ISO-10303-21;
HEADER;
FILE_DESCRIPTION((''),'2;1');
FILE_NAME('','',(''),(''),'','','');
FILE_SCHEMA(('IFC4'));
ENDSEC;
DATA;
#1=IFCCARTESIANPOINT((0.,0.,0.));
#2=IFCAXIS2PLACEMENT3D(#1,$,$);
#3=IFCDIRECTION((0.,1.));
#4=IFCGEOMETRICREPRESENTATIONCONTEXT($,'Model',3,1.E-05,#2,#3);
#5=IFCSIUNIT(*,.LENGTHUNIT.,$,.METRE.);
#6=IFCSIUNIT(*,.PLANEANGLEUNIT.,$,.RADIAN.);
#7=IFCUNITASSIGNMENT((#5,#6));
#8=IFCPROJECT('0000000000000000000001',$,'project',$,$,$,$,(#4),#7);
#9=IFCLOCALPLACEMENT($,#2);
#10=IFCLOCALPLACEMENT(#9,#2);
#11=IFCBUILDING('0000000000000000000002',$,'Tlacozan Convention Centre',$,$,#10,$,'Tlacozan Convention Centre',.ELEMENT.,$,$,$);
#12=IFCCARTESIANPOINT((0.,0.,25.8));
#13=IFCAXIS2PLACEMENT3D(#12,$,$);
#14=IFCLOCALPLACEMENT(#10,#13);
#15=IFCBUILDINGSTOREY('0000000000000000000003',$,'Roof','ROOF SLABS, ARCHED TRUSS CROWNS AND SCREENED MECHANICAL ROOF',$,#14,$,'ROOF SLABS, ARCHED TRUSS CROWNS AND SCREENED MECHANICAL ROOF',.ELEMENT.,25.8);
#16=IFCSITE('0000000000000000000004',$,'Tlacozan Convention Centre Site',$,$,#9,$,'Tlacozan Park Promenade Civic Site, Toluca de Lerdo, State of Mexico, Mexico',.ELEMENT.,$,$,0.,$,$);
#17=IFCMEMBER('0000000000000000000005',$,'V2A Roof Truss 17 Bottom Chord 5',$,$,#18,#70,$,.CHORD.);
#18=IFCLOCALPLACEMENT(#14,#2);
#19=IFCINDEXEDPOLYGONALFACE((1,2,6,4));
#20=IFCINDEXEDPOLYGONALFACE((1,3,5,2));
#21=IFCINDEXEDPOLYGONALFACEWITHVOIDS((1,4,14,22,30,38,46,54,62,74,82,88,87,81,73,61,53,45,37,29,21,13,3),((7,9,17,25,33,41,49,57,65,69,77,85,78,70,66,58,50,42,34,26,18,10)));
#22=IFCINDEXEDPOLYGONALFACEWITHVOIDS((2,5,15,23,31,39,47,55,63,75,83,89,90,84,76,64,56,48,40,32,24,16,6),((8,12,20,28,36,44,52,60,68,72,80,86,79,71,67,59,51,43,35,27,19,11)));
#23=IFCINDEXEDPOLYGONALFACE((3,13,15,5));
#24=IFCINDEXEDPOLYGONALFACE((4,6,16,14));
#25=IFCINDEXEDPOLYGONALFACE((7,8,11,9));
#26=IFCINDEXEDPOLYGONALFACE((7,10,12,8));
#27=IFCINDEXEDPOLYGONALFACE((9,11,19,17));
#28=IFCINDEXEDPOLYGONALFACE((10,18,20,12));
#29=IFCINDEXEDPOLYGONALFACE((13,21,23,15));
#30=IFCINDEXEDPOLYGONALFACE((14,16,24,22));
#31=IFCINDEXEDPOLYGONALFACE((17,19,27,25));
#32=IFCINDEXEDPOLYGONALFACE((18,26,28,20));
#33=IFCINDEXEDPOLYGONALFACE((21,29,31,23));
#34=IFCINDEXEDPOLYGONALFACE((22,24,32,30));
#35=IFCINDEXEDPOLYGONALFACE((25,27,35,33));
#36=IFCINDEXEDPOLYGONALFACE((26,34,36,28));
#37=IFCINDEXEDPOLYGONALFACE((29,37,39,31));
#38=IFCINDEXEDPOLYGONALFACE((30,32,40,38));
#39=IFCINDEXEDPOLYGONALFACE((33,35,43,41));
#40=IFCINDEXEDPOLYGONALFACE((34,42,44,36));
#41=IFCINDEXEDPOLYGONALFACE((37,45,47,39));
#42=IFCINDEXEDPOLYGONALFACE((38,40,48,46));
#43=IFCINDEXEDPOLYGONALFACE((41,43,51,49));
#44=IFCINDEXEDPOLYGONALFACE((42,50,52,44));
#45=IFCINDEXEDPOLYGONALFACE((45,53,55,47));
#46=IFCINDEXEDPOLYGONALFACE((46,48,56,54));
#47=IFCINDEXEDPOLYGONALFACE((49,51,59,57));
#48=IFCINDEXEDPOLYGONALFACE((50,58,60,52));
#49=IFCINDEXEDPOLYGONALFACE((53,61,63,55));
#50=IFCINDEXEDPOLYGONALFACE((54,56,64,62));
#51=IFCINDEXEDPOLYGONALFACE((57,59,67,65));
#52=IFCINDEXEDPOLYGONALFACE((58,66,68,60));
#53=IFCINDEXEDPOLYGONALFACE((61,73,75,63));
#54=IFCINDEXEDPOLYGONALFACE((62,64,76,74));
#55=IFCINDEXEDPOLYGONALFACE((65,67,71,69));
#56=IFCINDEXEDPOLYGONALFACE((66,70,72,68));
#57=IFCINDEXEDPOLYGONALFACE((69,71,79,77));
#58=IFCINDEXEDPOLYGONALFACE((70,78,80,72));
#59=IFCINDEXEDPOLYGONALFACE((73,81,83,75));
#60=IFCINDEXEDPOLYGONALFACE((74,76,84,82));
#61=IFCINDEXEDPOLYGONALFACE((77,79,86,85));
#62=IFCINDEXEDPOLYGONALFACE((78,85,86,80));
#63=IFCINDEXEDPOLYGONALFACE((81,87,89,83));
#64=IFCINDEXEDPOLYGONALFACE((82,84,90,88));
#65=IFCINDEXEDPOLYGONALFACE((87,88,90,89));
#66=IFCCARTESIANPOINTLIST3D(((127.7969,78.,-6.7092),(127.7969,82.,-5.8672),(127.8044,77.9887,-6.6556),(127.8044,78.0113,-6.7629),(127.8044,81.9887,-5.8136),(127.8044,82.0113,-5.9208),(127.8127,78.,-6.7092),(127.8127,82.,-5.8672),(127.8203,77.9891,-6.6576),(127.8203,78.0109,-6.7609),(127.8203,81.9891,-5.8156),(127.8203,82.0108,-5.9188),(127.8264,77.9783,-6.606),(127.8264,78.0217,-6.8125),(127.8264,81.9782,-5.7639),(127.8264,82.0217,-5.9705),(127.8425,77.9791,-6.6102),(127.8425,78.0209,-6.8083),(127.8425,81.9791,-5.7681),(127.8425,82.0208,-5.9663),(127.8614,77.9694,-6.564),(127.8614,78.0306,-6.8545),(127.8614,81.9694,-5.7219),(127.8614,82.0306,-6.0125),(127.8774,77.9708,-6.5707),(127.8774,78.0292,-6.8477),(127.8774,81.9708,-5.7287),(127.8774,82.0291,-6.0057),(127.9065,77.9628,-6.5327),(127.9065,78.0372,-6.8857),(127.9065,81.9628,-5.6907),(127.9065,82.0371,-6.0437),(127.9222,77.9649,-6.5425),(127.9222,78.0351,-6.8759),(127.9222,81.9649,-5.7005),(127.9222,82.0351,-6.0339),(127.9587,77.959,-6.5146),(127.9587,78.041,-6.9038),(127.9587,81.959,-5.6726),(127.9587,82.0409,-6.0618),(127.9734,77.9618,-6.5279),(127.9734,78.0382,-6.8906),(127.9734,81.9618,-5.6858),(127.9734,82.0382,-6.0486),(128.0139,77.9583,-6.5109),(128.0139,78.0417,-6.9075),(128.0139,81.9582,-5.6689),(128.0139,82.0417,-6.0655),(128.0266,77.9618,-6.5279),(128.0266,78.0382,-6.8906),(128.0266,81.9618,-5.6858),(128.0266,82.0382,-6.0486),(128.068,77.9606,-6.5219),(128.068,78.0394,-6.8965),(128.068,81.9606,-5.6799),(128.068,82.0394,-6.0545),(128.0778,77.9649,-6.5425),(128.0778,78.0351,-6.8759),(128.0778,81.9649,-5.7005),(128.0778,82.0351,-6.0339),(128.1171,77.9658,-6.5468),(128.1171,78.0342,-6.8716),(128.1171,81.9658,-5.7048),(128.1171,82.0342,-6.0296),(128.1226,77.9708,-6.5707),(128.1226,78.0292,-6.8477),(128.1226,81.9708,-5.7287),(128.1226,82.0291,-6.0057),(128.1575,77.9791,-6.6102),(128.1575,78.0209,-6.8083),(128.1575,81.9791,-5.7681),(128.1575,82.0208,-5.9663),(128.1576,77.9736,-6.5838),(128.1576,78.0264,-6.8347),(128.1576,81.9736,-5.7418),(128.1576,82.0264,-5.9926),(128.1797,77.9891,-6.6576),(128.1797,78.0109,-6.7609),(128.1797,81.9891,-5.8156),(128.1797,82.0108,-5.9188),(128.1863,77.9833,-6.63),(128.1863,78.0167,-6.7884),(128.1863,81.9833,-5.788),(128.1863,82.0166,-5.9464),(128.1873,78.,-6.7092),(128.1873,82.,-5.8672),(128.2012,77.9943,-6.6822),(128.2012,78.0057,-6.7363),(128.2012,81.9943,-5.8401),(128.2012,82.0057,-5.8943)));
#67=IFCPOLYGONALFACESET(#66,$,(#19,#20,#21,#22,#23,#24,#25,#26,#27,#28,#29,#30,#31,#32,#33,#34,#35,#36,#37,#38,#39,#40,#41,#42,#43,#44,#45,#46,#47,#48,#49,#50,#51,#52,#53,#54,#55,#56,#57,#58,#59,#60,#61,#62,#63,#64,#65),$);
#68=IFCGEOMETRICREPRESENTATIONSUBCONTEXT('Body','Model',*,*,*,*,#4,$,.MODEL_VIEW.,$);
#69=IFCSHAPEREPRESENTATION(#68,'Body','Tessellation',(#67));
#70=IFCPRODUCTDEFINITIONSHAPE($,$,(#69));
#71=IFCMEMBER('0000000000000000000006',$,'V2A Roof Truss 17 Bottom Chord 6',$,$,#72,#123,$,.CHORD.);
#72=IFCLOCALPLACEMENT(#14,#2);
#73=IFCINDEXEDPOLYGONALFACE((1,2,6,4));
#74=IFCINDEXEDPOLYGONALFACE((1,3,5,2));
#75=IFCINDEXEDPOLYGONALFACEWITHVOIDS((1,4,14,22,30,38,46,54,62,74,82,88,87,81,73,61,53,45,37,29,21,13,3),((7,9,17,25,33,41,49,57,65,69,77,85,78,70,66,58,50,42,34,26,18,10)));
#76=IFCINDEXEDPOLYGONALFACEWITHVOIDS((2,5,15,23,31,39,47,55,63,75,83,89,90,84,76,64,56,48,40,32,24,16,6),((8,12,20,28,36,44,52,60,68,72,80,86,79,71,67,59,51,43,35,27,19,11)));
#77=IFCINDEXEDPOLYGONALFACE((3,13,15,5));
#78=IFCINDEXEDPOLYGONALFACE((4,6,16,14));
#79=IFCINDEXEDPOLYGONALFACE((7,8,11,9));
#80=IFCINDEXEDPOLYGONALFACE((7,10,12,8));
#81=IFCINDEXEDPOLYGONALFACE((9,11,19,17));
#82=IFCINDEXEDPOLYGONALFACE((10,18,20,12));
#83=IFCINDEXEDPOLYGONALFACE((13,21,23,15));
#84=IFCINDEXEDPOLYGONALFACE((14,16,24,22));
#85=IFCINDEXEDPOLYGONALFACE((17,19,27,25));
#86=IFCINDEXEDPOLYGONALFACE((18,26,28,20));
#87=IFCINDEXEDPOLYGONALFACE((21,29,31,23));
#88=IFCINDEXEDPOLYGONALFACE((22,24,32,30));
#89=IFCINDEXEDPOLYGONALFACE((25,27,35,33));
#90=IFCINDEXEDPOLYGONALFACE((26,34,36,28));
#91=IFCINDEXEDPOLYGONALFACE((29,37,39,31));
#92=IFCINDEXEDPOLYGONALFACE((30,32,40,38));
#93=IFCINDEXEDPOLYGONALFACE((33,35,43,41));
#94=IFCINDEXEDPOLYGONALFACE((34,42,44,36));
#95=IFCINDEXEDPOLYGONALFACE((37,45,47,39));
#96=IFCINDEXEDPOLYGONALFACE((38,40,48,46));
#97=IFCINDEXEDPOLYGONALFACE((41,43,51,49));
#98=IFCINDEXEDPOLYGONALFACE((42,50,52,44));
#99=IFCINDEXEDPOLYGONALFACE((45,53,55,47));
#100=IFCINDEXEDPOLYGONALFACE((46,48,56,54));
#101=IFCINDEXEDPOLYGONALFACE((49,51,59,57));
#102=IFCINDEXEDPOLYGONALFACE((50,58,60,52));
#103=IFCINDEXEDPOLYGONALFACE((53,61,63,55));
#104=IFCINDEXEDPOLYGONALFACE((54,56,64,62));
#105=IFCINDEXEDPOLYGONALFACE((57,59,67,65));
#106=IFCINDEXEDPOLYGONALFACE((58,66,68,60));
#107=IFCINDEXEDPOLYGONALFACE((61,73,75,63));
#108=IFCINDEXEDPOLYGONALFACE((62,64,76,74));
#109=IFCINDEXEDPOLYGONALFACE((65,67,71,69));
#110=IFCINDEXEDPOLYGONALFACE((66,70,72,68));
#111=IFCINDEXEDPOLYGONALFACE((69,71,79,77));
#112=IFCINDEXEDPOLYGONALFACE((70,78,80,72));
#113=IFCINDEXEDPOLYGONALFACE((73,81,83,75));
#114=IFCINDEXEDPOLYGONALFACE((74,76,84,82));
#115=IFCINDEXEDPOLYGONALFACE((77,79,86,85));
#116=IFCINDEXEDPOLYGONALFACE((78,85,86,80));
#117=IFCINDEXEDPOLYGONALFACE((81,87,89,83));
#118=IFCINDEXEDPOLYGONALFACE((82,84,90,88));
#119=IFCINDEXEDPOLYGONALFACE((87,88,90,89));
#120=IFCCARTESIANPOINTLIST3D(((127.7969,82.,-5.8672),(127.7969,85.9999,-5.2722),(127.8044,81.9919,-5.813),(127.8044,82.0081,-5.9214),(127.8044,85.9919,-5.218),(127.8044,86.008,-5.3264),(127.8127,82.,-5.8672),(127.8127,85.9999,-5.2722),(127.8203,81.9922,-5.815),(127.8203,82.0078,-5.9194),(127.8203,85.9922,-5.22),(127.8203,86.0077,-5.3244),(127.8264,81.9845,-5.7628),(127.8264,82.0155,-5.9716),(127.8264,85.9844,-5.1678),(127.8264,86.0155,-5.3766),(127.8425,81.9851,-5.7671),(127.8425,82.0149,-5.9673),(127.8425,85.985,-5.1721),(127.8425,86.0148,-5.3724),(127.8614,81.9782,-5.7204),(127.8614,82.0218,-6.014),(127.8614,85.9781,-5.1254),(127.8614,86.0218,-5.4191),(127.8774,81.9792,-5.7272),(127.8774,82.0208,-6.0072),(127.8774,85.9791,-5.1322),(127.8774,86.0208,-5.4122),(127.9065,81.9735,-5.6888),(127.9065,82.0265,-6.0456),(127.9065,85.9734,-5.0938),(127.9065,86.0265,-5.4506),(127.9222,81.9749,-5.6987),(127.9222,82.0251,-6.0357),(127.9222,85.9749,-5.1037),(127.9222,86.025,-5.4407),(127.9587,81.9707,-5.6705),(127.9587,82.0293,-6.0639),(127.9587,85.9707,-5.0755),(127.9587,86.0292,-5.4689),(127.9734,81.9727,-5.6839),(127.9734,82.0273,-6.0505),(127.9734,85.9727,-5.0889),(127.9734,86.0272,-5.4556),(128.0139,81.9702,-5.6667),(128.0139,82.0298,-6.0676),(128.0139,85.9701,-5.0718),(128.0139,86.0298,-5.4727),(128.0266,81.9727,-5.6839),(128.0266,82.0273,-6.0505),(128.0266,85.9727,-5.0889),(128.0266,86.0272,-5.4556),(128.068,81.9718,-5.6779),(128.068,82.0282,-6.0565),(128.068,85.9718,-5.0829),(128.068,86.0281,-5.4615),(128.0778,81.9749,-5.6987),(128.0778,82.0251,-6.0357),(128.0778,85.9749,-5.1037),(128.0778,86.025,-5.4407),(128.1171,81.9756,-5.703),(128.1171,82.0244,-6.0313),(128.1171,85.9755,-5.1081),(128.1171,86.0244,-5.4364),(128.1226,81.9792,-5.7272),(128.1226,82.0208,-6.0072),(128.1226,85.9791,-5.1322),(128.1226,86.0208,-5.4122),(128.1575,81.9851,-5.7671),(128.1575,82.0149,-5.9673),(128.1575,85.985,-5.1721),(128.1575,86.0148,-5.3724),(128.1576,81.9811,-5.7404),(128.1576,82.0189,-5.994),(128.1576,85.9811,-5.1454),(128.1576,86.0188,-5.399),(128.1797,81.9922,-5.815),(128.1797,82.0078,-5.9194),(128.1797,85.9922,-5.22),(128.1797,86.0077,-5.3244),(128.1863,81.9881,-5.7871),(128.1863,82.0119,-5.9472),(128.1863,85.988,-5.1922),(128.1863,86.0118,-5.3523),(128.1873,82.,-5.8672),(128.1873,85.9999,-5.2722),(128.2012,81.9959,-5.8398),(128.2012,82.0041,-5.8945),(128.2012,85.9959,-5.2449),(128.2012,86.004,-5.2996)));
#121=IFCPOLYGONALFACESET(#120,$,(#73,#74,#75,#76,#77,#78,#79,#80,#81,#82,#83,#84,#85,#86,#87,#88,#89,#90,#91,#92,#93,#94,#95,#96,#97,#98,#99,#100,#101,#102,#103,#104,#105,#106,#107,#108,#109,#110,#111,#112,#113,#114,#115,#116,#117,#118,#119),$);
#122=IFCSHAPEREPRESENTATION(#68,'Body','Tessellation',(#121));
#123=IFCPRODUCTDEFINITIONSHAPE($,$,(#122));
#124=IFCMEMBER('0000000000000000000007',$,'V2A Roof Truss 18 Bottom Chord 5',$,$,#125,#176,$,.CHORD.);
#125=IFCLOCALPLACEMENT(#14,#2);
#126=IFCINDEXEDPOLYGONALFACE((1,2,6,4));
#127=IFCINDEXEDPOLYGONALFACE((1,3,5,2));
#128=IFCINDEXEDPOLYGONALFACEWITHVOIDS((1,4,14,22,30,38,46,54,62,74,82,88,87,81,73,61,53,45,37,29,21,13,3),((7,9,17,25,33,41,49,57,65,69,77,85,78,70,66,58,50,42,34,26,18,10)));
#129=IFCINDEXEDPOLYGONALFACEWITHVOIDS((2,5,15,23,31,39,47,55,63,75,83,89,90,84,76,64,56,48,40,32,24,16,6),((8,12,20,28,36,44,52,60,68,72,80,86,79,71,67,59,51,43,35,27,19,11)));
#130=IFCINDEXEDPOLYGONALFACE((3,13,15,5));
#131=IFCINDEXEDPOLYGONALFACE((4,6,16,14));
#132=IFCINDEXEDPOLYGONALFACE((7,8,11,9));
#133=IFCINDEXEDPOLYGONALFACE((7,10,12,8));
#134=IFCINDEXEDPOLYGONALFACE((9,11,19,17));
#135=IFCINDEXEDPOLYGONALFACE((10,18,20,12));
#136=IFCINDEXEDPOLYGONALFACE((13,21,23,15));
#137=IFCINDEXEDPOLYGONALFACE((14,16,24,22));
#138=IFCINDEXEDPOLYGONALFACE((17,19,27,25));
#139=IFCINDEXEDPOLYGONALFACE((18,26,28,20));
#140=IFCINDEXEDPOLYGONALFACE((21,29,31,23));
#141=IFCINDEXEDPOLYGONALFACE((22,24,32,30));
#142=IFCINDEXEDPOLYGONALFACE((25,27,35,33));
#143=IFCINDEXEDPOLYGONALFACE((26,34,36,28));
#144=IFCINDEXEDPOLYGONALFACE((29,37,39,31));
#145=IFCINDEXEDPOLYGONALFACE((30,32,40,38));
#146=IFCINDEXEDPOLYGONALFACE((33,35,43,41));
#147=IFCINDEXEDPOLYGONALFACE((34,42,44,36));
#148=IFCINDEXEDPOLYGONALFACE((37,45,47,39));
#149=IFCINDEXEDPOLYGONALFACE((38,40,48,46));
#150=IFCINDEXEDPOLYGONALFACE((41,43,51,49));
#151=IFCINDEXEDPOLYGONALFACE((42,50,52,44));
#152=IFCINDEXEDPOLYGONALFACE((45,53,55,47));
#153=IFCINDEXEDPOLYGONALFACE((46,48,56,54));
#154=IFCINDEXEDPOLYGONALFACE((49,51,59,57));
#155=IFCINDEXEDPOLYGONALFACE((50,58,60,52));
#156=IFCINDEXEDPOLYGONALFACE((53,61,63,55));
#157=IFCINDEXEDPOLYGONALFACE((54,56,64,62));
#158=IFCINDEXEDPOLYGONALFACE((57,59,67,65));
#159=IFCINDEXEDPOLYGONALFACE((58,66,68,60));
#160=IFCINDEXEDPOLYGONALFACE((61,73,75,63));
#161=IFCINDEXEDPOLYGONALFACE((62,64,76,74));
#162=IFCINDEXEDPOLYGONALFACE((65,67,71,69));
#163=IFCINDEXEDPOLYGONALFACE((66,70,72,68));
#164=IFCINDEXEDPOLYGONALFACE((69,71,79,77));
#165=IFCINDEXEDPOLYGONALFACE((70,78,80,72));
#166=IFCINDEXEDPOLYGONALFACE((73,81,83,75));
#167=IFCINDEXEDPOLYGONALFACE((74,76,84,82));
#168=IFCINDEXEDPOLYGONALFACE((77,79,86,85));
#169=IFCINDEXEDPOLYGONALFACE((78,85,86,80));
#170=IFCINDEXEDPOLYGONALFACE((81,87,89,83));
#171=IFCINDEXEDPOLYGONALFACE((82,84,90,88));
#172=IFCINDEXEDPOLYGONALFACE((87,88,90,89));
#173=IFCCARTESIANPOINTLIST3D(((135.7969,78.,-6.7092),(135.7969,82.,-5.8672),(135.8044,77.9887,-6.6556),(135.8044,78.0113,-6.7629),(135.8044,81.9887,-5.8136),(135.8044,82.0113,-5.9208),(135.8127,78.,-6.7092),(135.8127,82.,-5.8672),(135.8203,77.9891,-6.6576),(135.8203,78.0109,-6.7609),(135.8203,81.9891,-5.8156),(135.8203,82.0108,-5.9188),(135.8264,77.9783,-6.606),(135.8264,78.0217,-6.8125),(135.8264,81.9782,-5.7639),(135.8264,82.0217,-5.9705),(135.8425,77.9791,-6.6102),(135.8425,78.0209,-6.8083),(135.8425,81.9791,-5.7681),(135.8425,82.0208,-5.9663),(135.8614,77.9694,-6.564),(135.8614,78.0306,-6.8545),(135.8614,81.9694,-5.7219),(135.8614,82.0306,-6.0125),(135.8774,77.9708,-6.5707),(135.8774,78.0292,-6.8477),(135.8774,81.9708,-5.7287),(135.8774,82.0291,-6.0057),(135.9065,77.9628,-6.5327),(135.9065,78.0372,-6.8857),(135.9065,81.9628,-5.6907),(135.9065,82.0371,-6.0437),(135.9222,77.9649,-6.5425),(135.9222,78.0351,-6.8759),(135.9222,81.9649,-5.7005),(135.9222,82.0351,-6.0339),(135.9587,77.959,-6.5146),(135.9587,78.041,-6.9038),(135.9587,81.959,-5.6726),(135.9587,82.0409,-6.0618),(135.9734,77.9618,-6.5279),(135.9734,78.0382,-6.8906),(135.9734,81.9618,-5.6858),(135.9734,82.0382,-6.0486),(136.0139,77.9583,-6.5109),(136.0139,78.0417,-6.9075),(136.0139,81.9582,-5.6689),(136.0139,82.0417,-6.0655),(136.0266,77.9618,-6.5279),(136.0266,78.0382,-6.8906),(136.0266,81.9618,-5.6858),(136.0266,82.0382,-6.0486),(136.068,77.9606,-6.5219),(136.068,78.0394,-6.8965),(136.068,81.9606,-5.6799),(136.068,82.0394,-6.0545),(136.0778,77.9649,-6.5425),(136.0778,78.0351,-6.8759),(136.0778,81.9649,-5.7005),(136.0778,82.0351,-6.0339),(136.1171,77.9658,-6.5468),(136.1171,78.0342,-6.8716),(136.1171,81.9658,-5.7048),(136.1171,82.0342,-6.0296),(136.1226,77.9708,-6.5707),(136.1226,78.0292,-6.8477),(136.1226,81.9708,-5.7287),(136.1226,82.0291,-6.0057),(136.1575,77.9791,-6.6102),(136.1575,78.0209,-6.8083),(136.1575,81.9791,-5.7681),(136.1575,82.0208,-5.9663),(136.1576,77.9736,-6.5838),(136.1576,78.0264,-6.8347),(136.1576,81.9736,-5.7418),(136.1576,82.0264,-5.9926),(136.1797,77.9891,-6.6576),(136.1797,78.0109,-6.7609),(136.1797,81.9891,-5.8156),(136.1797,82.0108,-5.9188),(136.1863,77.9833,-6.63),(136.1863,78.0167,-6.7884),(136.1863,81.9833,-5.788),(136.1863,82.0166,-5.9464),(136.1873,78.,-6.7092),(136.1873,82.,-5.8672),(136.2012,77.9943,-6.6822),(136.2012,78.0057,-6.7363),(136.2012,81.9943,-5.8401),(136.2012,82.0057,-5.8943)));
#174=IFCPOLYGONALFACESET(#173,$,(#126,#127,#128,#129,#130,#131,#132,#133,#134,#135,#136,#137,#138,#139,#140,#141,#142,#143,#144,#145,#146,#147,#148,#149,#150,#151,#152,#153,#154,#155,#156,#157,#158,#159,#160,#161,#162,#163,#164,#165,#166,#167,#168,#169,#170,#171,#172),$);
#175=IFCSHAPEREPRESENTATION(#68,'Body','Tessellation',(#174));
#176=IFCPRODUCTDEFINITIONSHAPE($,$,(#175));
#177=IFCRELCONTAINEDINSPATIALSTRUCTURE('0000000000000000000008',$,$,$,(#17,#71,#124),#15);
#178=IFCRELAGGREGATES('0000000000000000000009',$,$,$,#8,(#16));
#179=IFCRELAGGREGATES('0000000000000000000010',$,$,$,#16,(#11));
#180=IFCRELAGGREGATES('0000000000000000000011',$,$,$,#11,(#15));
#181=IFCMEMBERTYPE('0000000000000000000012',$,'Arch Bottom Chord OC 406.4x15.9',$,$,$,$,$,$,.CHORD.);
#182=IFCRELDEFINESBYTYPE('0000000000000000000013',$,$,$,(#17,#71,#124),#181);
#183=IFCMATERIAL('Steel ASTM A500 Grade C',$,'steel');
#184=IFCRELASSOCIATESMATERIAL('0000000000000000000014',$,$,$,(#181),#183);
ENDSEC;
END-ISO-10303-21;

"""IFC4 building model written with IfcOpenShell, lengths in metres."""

from ifc_helpers import new_model, si_unit, direction, frame, origin, origin_2d, place, context, subcontext, project, spatial, hollow_circle, extrude, material, material_profile, profile_set, type_object, element, save


model = new_model("IFC4")

# Units and contexts
model_context = context("Model", 3, precision=1e-05, world=origin(), true_north=direction((0.0, 1.0)))
body_context = subcontext(model_context, "Body", "Model", "MODEL_VIEW")
ifc_project = project(units=[si_unit("LENGTHUNIT", "METRE"), si_unit("PLANEANGLEUNIT", "RADIAN")], contexts=[model_context])

# Site, building, storey
site_placement = place(None, origin())
site = spatial("IfcSite", under=ifc_project, at=site_placement, Name="Tlacozan Convention Centre Site", LongName="Tlacozan Park Promenade Civic Site, Toluca de Lerdo, State of Mexico, Mexico", CompositionType="ELEMENT", RefElevation=0.0)
building_placement = place(site_placement, origin())
building = spatial("IfcBuilding", under=site, at=building_placement, Name="Tlacozan Convention Centre", LongName="Tlacozan Convention Centre", CompositionType="ELEMENT")
storey_placement = place(building_placement, frame((0.0, 0.0, 25.8)))
storey = spatial("IfcBuildingStorey", under=building, at=storey_placement, Name="Roof", Description="ROOF SLABS, ARCHED TRUSS CROWNS AND SCREENED MECHANICAL ROOF", LongName="ROOF SLABS, ARCHED TRUSS CROWNS AND SCREENED MECHANICAL ROOF", CompositionType="ELEMENT", Elevation=25.8)

# Members
ifc_material_1 = material(Name="Steel ASTM A500 Grade C", Category="steel")
ifc_material_profile_1 = material_profile(ifc_material_1, hollow_circle(Radius=0.2031, WallThickness=0.0159, at=origin_2d()), Name="OC 406.4x15.9")
ifc_profile_set_1 = profile_set([ifc_material_profile_1], Name="Steel ASTM A500 Grade C")
member_type_1 = type_object("IfcMemberType", Name="Arch Bottom Chord OC 406.4x15.9", PredefinedType="CHORD", material=ifc_profile_set_1)
member_1_placement = place(storey_placement, frame((128.0, 78.0, -6.7092), z_axis=(0.0, 0.978553, 0.205995), x_axis=(-1.0, 0.0, 0.0)))
element("IfcMember", 1, at=member_1_placement, inside=storey, type_object=member_type_1, Name="V2A Roof Truss 17 Bottom Chord 5", PredefinedType="CHORD", context=body_context, shape_type="SweptSolid", body=[
    extrude(hollow_circle(Radius=0.2031, WallThickness=0.0159, at=origin_2d()), origin(), (0.0, 0.0, 1.0), 4.0876),
])
member_2_placement = place(storey_placement, frame((128.0, 82.0, -5.8672), z_axis=(0.0, 0.989118, 0.147124), x_axis=(-1.0, 0.0, 0.0)))
element("IfcMember", 2, at=member_2_placement, inside=storey, type_object=member_type_1, Name="V2A Roof Truss 17 Bottom Chord 6", PredefinedType="CHORD", context=body_context, shape_type="SweptSolid", body=[
    extrude(hollow_circle(Radius=0.2031, WallThickness=0.0159, at=origin_2d()), origin(), (0.0, 0.0, 1.0), 4.0439),
])
member_3_placement = place(storey_placement, frame((136.0, 78.0, -6.7092), z_axis=(0.0, 0.978553, 0.205995), x_axis=(-1.0, 0.0, 0.0)))
element("IfcMember", 3, at=member_3_placement, inside=storey, type_object=member_type_1, Name="V2A Roof Truss 18 Bottom Chord 5", PredefinedType="CHORD", context=body_context, shape_type="SweptSolid", body=[
    extrude(hollow_circle(Radius=0.2031, WallThickness=0.0159, at=origin_2d()), origin(), (0.0, 0.0, 1.0), 4.0876),
])

save(model, "model.ifc")
